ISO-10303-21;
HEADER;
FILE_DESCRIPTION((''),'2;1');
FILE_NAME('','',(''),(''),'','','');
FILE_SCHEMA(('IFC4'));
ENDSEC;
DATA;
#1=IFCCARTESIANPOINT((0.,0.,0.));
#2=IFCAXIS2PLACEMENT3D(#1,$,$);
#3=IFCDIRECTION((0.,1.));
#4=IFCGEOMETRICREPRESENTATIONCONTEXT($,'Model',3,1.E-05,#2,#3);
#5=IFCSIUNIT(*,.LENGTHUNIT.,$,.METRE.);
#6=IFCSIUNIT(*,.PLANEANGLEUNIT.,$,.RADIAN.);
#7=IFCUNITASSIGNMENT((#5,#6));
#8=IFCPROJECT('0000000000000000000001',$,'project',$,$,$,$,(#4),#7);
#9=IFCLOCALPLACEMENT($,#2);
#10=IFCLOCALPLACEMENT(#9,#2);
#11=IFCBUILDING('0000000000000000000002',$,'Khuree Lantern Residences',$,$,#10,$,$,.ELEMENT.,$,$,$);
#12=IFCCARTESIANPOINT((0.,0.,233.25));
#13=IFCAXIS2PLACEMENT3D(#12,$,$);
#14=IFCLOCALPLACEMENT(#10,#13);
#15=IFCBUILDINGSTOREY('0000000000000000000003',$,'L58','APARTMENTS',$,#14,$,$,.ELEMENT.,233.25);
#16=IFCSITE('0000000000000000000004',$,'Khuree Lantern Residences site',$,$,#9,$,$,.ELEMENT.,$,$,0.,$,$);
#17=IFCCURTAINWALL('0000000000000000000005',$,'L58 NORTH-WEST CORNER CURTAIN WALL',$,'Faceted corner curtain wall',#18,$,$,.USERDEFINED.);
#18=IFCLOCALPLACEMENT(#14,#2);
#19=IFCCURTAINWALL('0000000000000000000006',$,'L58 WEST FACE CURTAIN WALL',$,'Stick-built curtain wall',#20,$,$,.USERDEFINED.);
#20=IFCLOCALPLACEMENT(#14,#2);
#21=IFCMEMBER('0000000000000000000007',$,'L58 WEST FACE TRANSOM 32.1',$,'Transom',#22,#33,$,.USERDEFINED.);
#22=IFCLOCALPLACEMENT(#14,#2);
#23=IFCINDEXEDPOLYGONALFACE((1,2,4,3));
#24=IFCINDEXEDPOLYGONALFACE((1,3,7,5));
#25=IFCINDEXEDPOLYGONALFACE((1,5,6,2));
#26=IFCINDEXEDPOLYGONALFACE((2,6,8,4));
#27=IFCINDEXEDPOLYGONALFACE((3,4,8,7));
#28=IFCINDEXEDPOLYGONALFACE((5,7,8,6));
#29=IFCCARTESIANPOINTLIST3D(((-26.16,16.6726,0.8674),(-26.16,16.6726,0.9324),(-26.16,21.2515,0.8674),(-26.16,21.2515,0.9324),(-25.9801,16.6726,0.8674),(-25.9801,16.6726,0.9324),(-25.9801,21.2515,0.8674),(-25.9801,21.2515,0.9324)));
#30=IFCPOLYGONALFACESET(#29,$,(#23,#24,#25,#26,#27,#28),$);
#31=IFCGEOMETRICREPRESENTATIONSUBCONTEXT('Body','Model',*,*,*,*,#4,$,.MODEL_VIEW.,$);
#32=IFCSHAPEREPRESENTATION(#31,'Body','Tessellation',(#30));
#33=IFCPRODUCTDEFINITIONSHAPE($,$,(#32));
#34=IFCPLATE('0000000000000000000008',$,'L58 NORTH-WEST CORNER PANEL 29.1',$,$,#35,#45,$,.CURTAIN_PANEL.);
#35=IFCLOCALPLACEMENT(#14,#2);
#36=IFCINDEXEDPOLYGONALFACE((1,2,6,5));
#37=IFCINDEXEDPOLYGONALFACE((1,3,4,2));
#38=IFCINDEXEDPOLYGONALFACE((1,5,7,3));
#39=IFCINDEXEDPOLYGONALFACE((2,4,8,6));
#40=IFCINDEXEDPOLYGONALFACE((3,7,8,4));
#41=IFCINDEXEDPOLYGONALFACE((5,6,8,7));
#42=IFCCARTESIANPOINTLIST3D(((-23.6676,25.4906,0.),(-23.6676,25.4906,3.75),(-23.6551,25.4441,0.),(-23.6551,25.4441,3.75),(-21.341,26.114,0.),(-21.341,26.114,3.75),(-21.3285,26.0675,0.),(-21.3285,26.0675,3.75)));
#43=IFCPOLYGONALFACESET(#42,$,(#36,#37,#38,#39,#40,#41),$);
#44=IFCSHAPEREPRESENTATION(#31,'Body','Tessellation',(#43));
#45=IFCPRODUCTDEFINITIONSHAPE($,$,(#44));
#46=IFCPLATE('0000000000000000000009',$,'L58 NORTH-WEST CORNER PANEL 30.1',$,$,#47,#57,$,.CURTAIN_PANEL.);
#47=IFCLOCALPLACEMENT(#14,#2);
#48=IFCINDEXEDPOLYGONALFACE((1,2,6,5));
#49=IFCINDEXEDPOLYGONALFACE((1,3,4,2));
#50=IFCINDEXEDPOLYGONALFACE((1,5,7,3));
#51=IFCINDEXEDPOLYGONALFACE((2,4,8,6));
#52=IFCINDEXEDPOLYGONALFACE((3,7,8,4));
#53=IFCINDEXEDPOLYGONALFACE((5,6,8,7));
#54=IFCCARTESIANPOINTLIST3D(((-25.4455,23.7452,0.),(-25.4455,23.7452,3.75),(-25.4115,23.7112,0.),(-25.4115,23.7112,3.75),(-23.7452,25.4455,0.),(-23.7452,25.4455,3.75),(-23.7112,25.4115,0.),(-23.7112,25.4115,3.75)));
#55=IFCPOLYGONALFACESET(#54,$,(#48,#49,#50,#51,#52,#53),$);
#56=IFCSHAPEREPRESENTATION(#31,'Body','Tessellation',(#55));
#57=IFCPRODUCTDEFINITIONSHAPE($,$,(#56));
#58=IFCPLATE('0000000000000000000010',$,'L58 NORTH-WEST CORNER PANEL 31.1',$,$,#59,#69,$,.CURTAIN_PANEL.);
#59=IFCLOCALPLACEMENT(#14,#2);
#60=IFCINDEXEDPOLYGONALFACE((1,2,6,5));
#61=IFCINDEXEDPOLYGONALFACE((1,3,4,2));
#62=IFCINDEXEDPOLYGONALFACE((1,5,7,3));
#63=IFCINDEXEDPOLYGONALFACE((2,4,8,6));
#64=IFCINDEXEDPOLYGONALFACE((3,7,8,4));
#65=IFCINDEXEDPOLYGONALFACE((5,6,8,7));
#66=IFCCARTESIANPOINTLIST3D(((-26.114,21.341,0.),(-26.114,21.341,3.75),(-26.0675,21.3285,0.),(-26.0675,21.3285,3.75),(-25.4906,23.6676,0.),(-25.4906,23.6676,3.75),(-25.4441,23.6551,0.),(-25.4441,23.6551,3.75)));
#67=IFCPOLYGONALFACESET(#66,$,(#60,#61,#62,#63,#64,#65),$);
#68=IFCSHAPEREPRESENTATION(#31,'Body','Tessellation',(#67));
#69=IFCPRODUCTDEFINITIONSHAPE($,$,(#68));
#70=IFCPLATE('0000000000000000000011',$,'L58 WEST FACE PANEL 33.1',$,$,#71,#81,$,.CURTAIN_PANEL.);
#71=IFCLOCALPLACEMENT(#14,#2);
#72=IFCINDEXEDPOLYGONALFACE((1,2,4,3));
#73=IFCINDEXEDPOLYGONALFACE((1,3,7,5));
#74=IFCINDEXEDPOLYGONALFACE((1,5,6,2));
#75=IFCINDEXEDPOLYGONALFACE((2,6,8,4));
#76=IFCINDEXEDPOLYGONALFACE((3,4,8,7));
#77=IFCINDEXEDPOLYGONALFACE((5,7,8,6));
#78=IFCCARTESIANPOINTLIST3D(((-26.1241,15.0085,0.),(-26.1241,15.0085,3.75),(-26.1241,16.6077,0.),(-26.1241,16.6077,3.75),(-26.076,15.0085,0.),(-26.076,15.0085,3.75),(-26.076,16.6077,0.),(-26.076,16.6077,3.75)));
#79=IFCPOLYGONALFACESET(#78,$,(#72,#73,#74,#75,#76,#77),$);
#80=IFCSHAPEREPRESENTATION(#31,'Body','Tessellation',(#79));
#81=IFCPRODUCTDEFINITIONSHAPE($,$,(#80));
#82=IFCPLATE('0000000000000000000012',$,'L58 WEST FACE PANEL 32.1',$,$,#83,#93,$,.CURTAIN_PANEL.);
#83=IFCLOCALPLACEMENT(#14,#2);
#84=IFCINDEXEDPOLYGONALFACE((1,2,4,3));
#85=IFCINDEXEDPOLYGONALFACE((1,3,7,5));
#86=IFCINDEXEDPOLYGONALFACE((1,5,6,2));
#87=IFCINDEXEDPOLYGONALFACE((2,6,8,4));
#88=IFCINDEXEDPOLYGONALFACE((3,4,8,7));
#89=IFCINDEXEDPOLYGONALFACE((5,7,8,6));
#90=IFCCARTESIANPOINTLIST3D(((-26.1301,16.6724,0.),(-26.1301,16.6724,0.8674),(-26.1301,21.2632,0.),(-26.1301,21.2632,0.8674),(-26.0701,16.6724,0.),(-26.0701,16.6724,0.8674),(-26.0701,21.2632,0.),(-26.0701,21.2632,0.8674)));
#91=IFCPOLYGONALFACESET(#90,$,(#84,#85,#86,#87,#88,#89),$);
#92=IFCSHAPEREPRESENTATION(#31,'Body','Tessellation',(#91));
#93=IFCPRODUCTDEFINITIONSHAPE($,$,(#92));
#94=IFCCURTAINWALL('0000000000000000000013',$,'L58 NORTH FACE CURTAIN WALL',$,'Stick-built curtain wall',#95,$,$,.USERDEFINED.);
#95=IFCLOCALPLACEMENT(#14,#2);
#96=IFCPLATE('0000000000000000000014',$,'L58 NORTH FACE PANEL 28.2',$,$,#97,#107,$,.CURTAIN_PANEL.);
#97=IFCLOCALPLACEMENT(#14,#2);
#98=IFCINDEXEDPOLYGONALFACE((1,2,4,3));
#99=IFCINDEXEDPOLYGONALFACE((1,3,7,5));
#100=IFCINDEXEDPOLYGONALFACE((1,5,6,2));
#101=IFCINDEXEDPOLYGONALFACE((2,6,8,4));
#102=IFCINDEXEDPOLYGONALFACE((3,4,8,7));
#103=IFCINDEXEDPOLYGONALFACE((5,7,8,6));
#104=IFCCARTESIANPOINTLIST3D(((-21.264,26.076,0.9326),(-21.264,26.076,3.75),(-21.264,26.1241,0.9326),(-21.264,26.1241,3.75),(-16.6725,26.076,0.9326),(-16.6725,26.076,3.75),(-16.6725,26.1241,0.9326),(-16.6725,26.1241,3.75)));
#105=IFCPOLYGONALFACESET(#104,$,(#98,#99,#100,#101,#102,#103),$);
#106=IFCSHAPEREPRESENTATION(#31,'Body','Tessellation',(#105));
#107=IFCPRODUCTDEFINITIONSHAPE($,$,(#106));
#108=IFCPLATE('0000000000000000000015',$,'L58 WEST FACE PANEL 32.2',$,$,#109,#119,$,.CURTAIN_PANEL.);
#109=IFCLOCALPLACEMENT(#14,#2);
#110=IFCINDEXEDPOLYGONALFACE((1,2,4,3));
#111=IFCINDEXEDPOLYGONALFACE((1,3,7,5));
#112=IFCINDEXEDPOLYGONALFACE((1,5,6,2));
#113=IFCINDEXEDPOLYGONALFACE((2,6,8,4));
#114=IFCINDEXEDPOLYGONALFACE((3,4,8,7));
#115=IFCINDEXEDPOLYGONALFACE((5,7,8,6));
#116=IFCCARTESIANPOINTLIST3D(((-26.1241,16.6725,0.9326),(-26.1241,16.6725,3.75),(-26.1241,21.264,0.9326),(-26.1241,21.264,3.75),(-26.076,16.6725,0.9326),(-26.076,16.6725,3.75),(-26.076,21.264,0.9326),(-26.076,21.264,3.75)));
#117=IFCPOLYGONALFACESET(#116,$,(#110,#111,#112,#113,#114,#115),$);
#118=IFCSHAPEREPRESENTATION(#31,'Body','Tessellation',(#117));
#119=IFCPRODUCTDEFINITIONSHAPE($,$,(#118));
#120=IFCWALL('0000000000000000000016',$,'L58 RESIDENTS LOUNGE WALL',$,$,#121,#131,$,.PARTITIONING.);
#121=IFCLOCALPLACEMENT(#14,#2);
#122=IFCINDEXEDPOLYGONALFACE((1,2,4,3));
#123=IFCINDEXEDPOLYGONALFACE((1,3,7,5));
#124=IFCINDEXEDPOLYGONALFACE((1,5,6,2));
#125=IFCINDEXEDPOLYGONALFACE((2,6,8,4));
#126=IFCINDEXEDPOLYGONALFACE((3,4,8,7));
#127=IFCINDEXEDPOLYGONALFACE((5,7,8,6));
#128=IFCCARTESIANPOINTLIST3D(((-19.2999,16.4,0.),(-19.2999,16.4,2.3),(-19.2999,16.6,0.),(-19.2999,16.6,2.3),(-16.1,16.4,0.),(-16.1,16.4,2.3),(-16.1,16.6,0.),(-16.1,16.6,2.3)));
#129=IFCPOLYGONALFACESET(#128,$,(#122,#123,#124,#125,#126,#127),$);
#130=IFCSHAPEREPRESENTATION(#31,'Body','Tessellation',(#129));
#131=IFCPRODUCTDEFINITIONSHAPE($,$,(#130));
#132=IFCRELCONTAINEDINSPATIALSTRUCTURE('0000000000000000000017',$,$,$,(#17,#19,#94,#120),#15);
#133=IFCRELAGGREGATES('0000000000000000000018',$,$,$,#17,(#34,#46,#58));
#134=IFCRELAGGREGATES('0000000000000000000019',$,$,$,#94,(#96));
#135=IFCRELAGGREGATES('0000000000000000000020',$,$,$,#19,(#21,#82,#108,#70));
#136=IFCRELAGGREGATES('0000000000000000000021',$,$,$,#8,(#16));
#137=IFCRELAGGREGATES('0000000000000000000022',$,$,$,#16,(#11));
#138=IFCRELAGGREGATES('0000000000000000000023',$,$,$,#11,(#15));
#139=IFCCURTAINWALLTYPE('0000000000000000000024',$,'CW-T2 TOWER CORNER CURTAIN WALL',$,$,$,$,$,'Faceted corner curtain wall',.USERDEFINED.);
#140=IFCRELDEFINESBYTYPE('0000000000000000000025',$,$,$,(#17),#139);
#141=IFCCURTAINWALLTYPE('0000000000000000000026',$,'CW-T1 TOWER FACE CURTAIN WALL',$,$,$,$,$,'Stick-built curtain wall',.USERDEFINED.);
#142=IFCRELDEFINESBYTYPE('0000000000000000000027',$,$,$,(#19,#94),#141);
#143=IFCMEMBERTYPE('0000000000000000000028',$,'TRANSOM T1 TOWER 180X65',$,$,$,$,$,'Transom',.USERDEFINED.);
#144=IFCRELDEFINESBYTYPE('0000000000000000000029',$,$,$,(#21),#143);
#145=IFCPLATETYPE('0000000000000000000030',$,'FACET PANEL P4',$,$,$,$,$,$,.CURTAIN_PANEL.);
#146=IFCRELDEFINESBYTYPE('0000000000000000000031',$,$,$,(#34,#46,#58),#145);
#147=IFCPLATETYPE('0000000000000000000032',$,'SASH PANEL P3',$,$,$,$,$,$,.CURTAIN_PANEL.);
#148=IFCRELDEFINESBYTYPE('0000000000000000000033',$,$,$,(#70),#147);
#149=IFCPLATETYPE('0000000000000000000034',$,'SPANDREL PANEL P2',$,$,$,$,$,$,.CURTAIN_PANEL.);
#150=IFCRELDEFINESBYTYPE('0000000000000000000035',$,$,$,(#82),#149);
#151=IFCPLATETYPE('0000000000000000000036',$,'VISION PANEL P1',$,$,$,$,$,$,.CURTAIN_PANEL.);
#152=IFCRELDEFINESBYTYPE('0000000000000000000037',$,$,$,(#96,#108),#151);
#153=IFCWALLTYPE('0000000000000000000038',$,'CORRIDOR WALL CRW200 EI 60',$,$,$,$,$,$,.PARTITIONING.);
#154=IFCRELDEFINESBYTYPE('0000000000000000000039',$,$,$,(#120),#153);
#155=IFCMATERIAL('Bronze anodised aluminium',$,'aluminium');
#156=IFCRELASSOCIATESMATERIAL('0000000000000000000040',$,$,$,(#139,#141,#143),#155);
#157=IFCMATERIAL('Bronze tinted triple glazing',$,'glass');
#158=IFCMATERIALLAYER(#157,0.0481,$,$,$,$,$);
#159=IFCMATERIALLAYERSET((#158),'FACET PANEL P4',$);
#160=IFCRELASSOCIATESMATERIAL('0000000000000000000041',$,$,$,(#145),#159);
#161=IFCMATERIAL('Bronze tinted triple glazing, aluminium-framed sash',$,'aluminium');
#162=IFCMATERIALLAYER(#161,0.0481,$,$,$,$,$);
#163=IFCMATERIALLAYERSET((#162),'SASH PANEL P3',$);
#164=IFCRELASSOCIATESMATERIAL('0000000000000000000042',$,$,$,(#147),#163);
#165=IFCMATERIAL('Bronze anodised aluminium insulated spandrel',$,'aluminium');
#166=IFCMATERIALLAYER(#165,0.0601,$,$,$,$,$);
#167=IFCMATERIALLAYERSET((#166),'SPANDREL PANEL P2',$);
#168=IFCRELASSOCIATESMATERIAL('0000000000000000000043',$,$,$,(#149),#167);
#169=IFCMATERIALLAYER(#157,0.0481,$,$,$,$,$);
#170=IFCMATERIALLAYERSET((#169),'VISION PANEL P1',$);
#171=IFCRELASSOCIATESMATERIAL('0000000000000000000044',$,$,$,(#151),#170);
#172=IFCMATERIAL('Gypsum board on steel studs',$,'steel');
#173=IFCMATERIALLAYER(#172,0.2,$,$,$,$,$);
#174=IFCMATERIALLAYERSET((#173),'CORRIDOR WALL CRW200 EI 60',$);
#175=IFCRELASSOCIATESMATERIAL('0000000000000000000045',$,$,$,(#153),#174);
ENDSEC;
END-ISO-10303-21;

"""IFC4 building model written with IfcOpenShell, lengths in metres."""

from ifc_helpers import new_model, si_unit, direction, frame, frame_2d, origin, origin_2d, place, context, subcontext, project, spatial, rectangle, extrude, material, layer, layer_set, material_profile, profile_set, type_object, element, aggregate, save


model = new_model("IFC4")

# Units and contexts
model_context = context("Model", 3, precision=1e-05, world=origin(), true_north=direction((0.0, 1.0)))
body_context = subcontext(model_context, "Body", "Model", "MODEL_VIEW")
ifc_project = project(units=[si_unit("LENGTHUNIT", "METRE"), si_unit("PLANEANGLEUNIT", "RADIAN")], contexts=[model_context])

# Site, building, storey
site_placement = place(None, origin())
site = spatial("IfcSite", under=ifc_project, at=site_placement, Name="Khuree Lantern Residences site", CompositionType="ELEMENT", RefElevation=0.0)
building_placement = place(site_placement, origin())
building = spatial("IfcBuilding", under=site, at=building_placement, Name="Khuree Lantern Residences", CompositionType="ELEMENT")
storey_placement = place(building_placement, frame((0.0, 0.0, 233.25)))
storey = spatial("IfcBuildingStorey", under=building, at=storey_placement, Name="L58", Description="APARTMENTS", CompositionType="ELEMENT", Elevation=233.25)

# Curtain walls
ifc_material_1 = material(Name="Bronze anodised aluminium", Category="aluminium")
curtain_wall_type_1 = type_object("IfcCurtainWallType", Name="CW-T2 TOWER CORNER CURTAIN WALL", ElementType="Faceted corner curtain wall", PredefinedType="USERDEFINED", material=ifc_material_1)
curtain_wall_1_placement = place(storey_placement, origin())
curtain_wall_1 = element("IfcCurtainWall", 1, at=curtain_wall_1_placement, inside=storey, type_object=curtain_wall_type_1, Name="L58 NORTH-WEST CORNER CURTAIN WALL", ObjectType="Faceted corner curtain wall", PredefinedType="USERDEFINED")
curtain_wall_type_2 = type_object("IfcCurtainWallType", Name="CW-T1 TOWER FACE CURTAIN WALL", ElementType="Stick-built curtain wall", PredefinedType="USERDEFINED", material=ifc_material_1)
curtain_wall_2_placement = place(storey_placement, origin())
curtain_wall_2 = element("IfcCurtainWall", 2, at=curtain_wall_2_placement, inside=storey, type_object=curtain_wall_type_2, Name="L58 WEST FACE CURTAIN WALL", ObjectType="Stick-built curtain wall", PredefinedType="USERDEFINED")

# Member
ifc_material_profile_1 = material_profile(ifc_material_1, rectangle(XDim=0.1799, YDim=0.0649, at=origin_2d()), Name="T1 180X65")
ifc_profile_set_1 = profile_set([ifc_material_profile_1], Name="Bronze anodised aluminium")
member_type_1 = type_object("IfcMemberType", Name="TRANSOM T1 TOWER 180X65", ElementType="Transom", PredefinedType="USERDEFINED", material=ifc_profile_set_1)
member_1_placement = place(storey_placement, frame((-26.0701, 21.2515, 0.8999), z_axis=(0.0, -1.0, 0.0), x_axis=(1.0, 0.0, 0.0)))
member_1 = element("IfcMember", 3, at=member_1_placement, type_object=member_type_1, Name="L58 WEST FACE TRANSOM 32.1", ObjectType="Transom", PredefinedType="USERDEFINED", context=body_context, shape_type="SweptSolid", body=[
    extrude(rectangle(XDim=0.1799, YDim=0.0649, at=origin_2d()), origin(), (0.0, 0.0, 1.0), 4.5789),
])

# Plates
ifc_material_2 = material(Name="Bronze tinted triple glazing", Category="glass")
ifc_layer_1 = layer(ifc_material_2, 0.0481)
ifc_layer_set_1 = layer_set([ifc_layer_1], Name="FACET PANEL P4")
plate_type_1 = type_object("IfcPlateType", Name="FACET PANEL P4", PredefinedType="CURTAIN_PANEL", material=ifc_layer_set_1)
plate_1_placement = place(storey_placement, frame((-22.498, 25.7791, 0.0), z_axis=(0.0, 0.0, 1.0), x_axis=(-0.965926, -0.258819, 0.0)))
plate_1 = element("IfcPlate", 4, at=plate_1_placement, type_object=plate_type_1, Name="L58 NORTH-WEST CORNER PANEL 29.1", PredefinedType="CURTAIN_PANEL", context=body_context, shape_type="SweptSolid", body=[
    extrude(rectangle(XDim=2.4087, YDim=0.0481, at=origin_2d()), origin(), (0.0, 0.0, 1.0), 3.75),
])
plate_2_placement = place(storey_placement, frame((-24.5784, 24.5784, 0.0), z_axis=(0.0, 0.0, 1.0), x_axis=(-0.707107, -0.707107, 0.0)))
plate_2 = element("IfcPlate", 5, at=plate_2_placement, type_object=plate_type_1, Name="L58 NORTH-WEST CORNER PANEL 30.1", PredefinedType="CURTAIN_PANEL", context=body_context, shape_type="SweptSolid", body=[
    extrude(rectangle(XDim=2.4045, YDim=0.0481, at=origin_2d()), origin(), (0.0, 0.0, 1.0), 3.75),
])
plate_3_placement = place(storey_placement, frame((-25.7791, 22.498, 0.0), z_axis=(0.0, 0.0, 1.0), x_axis=(-0.258819, -0.965926, 0.0)))
plate_3 = element("IfcPlate", 6, at=plate_3_placement, type_object=plate_type_1, Name="L58 NORTH-WEST CORNER PANEL 31.1", PredefinedType="CURTAIN_PANEL", context=body_context, shape_type="SweptSolid", body=[
    extrude(rectangle(XDim=2.4087, YDim=0.0481, at=origin_2d()), origin(), (0.0, 0.0, 1.0), 3.75),
])
aggregate(curtain_wall_1, [plate_1, plate_2, plate_3])
ifc_material_3 = material(Name="Bronze tinted triple glazing, aluminium-framed sash", Category="aluminium")
ifc_layer_2 = layer(ifc_material_3, 0.0481)
ifc_layer_set_2 = layer_set([ifc_layer_2], Name="SASH PANEL P3")
plate_type_2 = type_object("IfcPlateType", Name="SASH PANEL P3", PredefinedType="CURTAIN_PANEL", material=ifc_layer_set_2)
plate_4_placement = place(storey_placement, frame((-26.1001, 15.8081, 0.0), z_axis=(0.0, 0.0, 1.0), x_axis=(0.0, -1.0, 0.0)))
plate_4 = element("IfcPlate", 7, at=plate_4_placement, type_object=plate_type_2, Name="L58 WEST FACE PANEL 33.1", PredefinedType="CURTAIN_PANEL", context=body_context, shape_type="SweptSolid", body=[
    extrude(rectangle(XDim=1.5991, YDim=0.0481, at=origin_2d()), origin(), (0.0, 0.0, 1.0), 3.75),
])
ifc_material_4 = material(Name="Bronze anodised aluminium insulated spandrel", Category="aluminium")
ifc_layer_3 = layer(ifc_material_4, 0.0601)
ifc_layer_set_3 = layer_set([ifc_layer_3], Name="SPANDREL PANEL P2")
plate_type_3 = type_object("IfcPlateType", Name="SPANDREL PANEL P2", PredefinedType="CURTAIN_PANEL", material=ifc_layer_set_3)
plate_5_placement = place(storey_placement, frame((-26.1001, 18.9678, 0.0), z_axis=(0.0, 0.0, 1.0), x_axis=(0.0, -1.0, 0.0)))
plate_5 = element("IfcPlate", 8, at=plate_5_placement, type_object=plate_type_3, Name="L58 WEST FACE PANEL 32.1", PredefinedType="CURTAIN_PANEL", context=body_context, shape_type="SweptSolid", body=[
    extrude(rectangle(XDim=4.5908, YDim=0.0601, at=origin_2d()), origin(), (0.0, 0.0, 1.0), 0.8674),
])

# Curtain wall, plate
curtain_wall_3_placement = place(storey_placement, origin())
curtain_wall_3 = element("IfcCurtainWall", 9, at=curtain_wall_3_placement, inside=storey, type_object=curtain_wall_type_2, Name="L58 NORTH FACE CURTAIN WALL", ObjectType="Stick-built curtain wall", PredefinedType="USERDEFINED")
ifc_layer_4 = layer(ifc_material_2, 0.0481)
ifc_layer_set_4 = layer_set([ifc_layer_4], Name="VISION PANEL P1")
plate_type_4 = type_object("IfcPlateType", Name="VISION PANEL P1", PredefinedType="CURTAIN_PANEL", material=ifc_layer_set_4)
plate_6_placement = place(storey_placement, frame((-18.9683, 26.1001, 0.9326), z_axis=(0.0, 0.0, 1.0), x_axis=(-1.0, 0.0, 0.0)))
plate_6 = element("IfcPlate", 10, at=plate_6_placement, type_object=plate_type_4, Name="L58 NORTH FACE PANEL 28.2", PredefinedType="CURTAIN_PANEL", context=body_context, shape_type="SweptSolid", body=[
    extrude(rectangle(XDim=4.5916, YDim=0.0481, at=origin_2d()), origin(), (0.0, 0.0, 1.0), 2.8174),
])
aggregate(curtain_wall_3, [plate_6])

# Plate
plate_7_placement = place(storey_placement, frame((-26.1001, 18.9683, 0.9326), z_axis=(0.0, 0.0, 1.0), x_axis=(0.0, -1.0, 0.0)))
plate_7 = element("IfcPlate", 11, at=plate_7_placement, type_object=plate_type_4, Name="L58 WEST FACE PANEL 32.2", PredefinedType="CURTAIN_PANEL", context=body_context, shape_type="SweptSolid", body=[
    extrude(rectangle(XDim=4.5916, YDim=0.0481, at=origin_2d()), origin(), (0.0, 0.0, 1.0), 2.8174),
])
aggregate(curtain_wall_2, [member_1, plate_5, plate_7, plate_4])

# Wall
ifc_material_5 = material(Name="Gypsum board on steel studs", Category="steel")
ifc_layer_5 = layer(ifc_material_5, 0.2)
ifc_layer_set_5 = layer_set([ifc_layer_5], Name="CORRIDOR WALL CRW200 EI 60")
wall_type = type_object("IfcWallType", Name="CORRIDOR WALL CRW200 EI 60", PredefinedType="PARTITIONING", material=ifc_layer_set_5)
wall_placement = place(storey_placement, frame((-19.3, 16.5, 0.0), z_axis=(0.0, 0.0, 1.0), x_axis=(1.0, 0.0, 0.0)))
element("IfcWall", 12, at=wall_placement, inside=storey, type_object=wall_type, Name="L58 RESIDENTS LOUNGE WALL", PredefinedType="PARTITIONING", context=body_context, shape_type="SweptSolid", body=[
    extrude(rectangle(XDim=3.2, YDim=0.2, at=frame_2d((1.6001, 0.0))), origin(), (0.0, 0.0, 1.0), 2.3),
])

save(model, "model.ifc")
